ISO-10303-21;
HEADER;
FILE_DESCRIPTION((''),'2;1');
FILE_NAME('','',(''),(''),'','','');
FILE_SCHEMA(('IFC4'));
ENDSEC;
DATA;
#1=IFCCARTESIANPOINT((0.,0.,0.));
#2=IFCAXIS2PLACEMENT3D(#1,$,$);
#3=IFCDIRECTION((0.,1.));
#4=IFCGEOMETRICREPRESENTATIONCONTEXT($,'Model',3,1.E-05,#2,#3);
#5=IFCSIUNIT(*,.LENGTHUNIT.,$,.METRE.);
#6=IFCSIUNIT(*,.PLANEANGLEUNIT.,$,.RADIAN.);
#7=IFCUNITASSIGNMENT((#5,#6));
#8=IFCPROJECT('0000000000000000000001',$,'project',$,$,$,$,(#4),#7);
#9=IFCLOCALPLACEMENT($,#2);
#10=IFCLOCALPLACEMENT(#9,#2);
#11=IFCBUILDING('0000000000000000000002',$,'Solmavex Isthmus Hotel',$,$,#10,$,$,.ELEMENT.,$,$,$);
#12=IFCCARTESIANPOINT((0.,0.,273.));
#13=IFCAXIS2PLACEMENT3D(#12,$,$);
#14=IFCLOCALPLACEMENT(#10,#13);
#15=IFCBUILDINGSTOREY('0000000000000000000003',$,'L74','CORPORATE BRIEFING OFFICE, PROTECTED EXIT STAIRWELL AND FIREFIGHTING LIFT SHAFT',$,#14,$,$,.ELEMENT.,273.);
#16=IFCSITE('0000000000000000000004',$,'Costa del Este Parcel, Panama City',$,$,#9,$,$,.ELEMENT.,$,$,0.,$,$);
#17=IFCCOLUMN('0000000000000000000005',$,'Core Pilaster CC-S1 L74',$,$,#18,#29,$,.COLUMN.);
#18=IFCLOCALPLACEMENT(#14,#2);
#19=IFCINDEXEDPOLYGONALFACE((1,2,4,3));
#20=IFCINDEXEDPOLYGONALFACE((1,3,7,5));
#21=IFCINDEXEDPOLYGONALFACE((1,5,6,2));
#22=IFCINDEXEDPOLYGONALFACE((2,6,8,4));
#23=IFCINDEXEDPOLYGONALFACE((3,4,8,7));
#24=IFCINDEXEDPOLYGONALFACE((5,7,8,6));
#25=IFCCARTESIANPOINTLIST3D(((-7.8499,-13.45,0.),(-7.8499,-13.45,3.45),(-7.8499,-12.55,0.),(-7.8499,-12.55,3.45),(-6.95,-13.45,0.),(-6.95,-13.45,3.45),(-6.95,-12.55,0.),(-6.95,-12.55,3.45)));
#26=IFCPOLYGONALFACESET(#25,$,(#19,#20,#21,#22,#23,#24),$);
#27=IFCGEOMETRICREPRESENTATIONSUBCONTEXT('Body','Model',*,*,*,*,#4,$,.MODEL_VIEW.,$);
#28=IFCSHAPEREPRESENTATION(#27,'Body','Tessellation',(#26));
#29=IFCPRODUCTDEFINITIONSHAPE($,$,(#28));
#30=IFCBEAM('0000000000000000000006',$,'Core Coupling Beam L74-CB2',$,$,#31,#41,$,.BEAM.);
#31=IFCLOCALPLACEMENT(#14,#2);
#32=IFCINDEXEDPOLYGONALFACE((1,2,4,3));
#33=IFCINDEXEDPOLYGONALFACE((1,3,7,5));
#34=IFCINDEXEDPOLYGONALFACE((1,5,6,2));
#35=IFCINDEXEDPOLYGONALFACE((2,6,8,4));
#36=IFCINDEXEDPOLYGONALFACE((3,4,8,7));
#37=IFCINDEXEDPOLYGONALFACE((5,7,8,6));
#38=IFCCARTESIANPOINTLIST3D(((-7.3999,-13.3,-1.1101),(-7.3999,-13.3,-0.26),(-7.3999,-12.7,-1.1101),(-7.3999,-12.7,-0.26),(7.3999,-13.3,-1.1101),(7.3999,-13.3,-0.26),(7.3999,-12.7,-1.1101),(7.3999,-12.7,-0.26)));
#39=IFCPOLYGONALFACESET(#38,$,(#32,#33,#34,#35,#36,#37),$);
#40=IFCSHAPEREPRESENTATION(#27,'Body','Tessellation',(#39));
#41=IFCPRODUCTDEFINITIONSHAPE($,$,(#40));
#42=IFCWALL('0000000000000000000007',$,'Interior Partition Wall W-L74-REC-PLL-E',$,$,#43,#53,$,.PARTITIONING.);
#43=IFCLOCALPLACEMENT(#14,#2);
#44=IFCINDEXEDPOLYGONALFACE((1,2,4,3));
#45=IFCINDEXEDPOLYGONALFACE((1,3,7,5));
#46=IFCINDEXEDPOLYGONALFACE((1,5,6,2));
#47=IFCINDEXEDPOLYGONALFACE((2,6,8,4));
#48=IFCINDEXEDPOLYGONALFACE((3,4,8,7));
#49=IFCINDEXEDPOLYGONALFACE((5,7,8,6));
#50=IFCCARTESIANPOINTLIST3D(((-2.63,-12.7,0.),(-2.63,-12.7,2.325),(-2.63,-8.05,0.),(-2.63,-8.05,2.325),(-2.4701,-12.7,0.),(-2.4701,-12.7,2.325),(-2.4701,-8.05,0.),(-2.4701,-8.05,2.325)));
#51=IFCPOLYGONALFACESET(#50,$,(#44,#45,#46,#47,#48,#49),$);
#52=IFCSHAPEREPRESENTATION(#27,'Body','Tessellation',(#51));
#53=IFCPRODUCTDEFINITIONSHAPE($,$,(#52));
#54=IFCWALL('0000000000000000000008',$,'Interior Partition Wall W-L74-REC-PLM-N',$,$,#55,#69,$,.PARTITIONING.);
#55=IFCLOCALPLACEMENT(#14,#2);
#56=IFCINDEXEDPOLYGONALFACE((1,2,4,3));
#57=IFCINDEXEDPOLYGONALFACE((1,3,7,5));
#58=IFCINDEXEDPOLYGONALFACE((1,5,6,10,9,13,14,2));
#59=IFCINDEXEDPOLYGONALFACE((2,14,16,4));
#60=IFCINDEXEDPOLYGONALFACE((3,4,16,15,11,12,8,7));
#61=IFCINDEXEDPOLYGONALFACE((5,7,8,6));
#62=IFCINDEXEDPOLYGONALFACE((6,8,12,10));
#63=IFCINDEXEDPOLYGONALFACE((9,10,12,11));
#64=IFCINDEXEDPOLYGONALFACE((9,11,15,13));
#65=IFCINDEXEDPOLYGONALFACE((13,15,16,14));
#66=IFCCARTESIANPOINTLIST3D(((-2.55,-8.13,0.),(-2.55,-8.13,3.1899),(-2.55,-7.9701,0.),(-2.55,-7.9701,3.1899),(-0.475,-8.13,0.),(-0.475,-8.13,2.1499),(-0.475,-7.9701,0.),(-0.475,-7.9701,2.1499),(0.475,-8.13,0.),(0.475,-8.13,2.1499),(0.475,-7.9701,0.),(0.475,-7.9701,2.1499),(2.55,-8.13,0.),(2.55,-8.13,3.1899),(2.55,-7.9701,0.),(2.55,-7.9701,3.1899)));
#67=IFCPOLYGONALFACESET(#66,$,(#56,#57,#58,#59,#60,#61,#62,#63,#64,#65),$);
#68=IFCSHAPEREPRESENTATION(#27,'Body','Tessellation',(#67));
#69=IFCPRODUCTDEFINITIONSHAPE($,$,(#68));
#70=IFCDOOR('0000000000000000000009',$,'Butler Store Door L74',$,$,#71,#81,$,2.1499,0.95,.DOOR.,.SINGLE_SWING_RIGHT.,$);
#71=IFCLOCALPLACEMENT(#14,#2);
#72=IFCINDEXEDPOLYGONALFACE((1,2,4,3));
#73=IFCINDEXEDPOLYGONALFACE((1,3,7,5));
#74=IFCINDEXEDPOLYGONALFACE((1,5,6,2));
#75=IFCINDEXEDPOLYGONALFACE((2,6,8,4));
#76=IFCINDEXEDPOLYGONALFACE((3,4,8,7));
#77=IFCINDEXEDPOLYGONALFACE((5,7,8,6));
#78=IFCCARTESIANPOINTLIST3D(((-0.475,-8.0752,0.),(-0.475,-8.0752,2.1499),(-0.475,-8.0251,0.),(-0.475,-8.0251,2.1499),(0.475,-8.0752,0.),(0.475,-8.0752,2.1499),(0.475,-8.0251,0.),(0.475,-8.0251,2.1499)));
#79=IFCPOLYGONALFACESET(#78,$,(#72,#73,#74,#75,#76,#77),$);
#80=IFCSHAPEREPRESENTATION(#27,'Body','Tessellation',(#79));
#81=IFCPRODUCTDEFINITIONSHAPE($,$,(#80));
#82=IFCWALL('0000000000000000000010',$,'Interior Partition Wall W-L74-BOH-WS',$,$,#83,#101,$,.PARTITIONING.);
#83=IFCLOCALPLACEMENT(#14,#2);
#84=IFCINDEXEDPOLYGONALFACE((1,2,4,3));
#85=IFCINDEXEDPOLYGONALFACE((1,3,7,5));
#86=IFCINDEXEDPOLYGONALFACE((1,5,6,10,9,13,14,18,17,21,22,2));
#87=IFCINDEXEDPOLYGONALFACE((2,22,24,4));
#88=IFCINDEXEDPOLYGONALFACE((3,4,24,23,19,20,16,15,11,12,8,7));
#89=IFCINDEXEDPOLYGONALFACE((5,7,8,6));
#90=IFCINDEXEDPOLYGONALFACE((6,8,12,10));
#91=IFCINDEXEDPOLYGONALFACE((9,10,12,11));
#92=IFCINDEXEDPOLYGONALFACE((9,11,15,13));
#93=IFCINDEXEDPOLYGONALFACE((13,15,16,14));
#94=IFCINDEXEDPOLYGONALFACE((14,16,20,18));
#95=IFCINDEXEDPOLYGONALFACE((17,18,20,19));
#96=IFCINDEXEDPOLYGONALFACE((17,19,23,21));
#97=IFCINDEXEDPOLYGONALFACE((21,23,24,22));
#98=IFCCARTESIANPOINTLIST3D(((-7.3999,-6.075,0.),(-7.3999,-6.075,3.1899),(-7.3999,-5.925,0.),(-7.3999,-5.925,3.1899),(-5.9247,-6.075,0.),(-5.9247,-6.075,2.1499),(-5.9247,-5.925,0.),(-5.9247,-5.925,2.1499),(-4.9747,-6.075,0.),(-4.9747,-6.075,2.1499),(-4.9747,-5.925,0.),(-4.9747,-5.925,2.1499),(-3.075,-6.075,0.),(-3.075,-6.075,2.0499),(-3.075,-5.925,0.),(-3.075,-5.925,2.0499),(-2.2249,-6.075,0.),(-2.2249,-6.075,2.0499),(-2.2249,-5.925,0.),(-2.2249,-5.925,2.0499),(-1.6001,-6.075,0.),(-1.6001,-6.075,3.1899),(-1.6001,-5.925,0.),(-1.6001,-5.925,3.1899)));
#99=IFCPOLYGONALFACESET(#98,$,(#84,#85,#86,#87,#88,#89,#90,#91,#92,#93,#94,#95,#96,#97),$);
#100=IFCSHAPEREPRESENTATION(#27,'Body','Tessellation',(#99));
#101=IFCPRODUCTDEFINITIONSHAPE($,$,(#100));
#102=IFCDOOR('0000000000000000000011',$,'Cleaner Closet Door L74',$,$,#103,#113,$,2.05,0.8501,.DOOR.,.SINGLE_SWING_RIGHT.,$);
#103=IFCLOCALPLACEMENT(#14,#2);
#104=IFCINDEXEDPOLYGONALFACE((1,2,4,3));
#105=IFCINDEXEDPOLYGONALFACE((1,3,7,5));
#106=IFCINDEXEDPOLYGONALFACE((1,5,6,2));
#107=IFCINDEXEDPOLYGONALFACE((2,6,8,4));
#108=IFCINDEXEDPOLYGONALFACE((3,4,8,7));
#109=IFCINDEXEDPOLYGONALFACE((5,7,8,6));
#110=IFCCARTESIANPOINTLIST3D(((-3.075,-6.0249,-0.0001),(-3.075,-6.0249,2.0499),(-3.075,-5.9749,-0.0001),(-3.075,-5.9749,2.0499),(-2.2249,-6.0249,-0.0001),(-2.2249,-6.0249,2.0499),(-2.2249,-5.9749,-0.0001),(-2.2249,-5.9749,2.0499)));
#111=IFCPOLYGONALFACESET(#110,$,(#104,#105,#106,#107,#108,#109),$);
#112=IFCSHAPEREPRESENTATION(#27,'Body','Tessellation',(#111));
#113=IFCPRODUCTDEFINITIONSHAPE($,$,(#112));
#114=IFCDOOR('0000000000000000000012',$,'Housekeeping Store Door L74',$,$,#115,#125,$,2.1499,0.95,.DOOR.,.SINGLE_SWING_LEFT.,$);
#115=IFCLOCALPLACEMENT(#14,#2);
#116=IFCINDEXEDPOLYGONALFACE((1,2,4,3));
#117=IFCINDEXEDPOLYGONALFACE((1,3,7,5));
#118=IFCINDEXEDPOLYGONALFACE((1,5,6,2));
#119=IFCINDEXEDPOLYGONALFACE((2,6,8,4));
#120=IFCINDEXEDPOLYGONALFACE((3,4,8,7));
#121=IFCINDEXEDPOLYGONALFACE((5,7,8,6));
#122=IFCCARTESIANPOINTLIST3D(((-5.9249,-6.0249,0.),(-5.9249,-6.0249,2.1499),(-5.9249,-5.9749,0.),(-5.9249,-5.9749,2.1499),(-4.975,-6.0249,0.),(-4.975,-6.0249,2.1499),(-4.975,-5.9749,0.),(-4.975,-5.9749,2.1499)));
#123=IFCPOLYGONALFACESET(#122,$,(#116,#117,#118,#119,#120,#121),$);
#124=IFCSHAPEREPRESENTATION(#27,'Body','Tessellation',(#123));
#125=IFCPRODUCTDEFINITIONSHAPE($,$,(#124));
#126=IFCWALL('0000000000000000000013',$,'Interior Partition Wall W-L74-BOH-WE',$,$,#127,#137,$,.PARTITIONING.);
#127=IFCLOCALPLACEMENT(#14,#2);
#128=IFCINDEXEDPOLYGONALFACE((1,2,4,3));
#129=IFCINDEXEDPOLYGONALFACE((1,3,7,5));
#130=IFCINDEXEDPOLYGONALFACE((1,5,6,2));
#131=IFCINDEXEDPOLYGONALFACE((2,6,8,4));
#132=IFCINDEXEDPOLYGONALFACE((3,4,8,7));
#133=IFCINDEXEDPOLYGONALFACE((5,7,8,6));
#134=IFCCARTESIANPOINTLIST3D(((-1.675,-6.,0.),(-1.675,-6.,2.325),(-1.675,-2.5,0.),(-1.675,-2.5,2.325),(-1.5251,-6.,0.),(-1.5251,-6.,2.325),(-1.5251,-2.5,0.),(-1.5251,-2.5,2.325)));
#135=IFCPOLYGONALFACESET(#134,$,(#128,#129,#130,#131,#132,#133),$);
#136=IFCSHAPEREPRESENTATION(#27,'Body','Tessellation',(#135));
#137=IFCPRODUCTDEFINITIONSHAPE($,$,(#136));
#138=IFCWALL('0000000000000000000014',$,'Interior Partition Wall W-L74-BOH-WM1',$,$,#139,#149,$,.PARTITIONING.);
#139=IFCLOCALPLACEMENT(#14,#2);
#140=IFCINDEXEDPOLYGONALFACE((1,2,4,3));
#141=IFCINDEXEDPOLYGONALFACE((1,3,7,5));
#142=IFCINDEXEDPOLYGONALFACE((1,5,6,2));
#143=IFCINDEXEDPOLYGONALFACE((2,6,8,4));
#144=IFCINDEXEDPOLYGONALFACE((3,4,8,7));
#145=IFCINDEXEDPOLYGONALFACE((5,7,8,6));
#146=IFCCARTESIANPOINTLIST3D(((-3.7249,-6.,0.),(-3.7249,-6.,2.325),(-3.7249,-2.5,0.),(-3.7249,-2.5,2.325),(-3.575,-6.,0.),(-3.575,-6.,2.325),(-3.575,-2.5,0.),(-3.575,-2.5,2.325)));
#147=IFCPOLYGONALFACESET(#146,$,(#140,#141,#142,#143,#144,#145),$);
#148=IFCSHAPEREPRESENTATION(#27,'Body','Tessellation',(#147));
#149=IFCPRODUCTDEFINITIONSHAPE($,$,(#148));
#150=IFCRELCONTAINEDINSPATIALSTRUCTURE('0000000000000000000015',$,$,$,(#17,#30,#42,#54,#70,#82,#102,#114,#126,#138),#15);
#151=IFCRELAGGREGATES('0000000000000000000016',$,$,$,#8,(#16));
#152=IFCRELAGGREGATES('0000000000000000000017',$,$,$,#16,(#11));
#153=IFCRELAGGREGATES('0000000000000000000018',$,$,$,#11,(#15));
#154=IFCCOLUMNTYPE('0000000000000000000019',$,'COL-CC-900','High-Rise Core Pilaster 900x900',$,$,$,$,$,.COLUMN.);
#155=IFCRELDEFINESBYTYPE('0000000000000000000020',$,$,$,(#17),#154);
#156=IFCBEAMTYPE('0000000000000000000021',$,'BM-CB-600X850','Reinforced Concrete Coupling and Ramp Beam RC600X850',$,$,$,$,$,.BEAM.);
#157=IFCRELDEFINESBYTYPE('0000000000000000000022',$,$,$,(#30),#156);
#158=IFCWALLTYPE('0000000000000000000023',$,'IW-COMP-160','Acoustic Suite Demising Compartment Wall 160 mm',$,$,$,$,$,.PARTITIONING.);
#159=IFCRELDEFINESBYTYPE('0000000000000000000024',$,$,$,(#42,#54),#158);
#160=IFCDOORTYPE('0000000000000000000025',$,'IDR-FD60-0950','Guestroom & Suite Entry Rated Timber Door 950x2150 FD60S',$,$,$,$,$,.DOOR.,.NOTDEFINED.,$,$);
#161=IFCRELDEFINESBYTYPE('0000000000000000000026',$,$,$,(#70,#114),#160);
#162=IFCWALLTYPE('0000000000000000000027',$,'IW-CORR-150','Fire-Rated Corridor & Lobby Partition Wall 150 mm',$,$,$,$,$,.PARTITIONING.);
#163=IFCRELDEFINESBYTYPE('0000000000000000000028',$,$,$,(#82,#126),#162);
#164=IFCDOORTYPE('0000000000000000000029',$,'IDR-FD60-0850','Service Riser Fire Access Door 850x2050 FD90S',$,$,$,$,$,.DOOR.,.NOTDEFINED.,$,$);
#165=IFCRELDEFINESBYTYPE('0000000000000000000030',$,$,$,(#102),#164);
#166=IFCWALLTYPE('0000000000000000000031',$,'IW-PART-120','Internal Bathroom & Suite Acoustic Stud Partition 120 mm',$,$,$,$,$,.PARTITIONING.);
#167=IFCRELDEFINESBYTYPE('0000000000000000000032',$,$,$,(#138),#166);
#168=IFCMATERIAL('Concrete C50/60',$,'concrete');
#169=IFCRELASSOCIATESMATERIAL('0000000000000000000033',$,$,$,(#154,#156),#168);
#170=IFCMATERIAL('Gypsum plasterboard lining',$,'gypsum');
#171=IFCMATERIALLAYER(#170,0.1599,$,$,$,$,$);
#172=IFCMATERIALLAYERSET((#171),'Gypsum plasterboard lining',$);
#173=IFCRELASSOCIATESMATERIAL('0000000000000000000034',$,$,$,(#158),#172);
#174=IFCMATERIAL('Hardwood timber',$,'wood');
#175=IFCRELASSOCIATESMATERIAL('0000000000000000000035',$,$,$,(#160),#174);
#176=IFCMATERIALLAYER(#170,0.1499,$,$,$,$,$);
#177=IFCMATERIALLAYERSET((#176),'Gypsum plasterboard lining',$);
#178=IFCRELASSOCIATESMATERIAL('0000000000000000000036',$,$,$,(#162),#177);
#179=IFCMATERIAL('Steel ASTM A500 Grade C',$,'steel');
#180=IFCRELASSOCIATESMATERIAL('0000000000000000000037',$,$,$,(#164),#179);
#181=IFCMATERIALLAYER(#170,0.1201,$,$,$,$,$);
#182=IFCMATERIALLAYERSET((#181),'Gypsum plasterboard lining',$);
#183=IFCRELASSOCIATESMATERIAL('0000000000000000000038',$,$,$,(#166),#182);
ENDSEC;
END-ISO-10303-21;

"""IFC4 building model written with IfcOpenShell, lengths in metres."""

from ifc_helpers import new_model, si_unit, direction, frame, frame_2d, origin, origin_2d, place, context, subcontext, project, spatial, rectangle, extrude, material, layer, layer_set, material_profile, profile_set, type_object, element, fill, save


model = new_model("IFC4")

# Units and contexts
model_context = context("Model", 3, precision=1e-05, world=origin(), true_north=direction((0.0, 1.0)))
body_context = subcontext(model_context, "Body", "Model", "MODEL_VIEW")
ifc_project = project(units=[si_unit("LENGTHUNIT", "METRE"), si_unit("PLANEANGLEUNIT", "RADIAN")], contexts=[model_context])

# Site, building, storey
site_placement = place(None, origin())
site = spatial("IfcSite", under=ifc_project, at=site_placement, Name="Costa del Este Parcel, Panama City", CompositionType="ELEMENT", RefElevation=0.0)
building_placement = place(site_placement, origin())
building = spatial("IfcBuilding", under=site, at=building_placement, Name="Solmavex Isthmus Hotel", CompositionType="ELEMENT")
storey_placement = place(building_placement, frame((0.0, 0.0, 273.0)))
storey = spatial("IfcBuildingStorey", under=building, at=storey_placement, Name="L74", Description="CORPORATE BRIEFING OFFICE, PROTECTED EXIT STAIRWELL AND FIREFIGHTING LIFT SHAFT", CompositionType="ELEMENT", Elevation=273.0)

# Column
ifc_material_1 = material(Name="Concrete C50/60", Category="concrete")
ifc_material_profile_1 = material_profile(ifc_material_1, rectangle(XDim=0.8999, YDim=0.8999, at=origin_2d()), Name="RC900X900")
ifc_profile_set_1 = profile_set([ifc_material_profile_1], Name="Concrete C50/60")
column_type = type_object("IfcColumnType", Name="COL-CC-900", Description="High-Rise Core Pilaster 900x900", PredefinedType="COLUMN", material=ifc_profile_set_1)
column_placement = place(storey_placement, frame((-7.3999, -13.0, 0.0), z_axis=(0.0, 0.0, 1.0), x_axis=(1.0, 0.0, 0.0)))
element("IfcColumn", 1, at=column_placement, inside=storey, type_object=column_type, Name="Core Pilaster CC-S1 L74", PredefinedType="COLUMN", context=body_context, shape_type="SweptSolid", body=[
    extrude(rectangle(XDim=0.8999, YDim=0.8999, at=origin_2d()), origin(), (0.0, 0.0, 1.0), 3.45),
])

# Beam
ifc_material_profile_2 = material_profile(ifc_material_1, rectangle(XDim=0.6001, YDim=0.8501, at=origin_2d()), Name="RC600X850")
ifc_profile_set_2 = profile_set([ifc_material_profile_2], Name="Concrete C50/60")
beam_type = type_object("IfcBeamType", Name="BM-CB-600X850", Description="Reinforced Concrete Coupling and Ramp Beam RC600X850", PredefinedType="BEAM", material=ifc_profile_set_2)
beam_placement = place(storey_placement, frame((-7.3999, -13.0, -0.6851), z_axis=(1.0, 0.0, 0.0), x_axis=(0.0, 1.0, 0.0)))
element("IfcBeam", 2, at=beam_placement, inside=storey, type_object=beam_type, Name="Core Coupling Beam L74-CB2", PredefinedType="BEAM", context=body_context, shape_type="SweptSolid", body=[
    extrude(rectangle(XDim=0.6001, YDim=0.8501, at=origin_2d()), origin(), (0.0, 0.0, 1.0), 14.7998),
])

# Shared definitions
ifc_material_2 = material(Name="Gypsum plasterboard lining", Category="gypsum")
ifc_layer_1 = layer(ifc_material_2, 0.1599)
ifc_layer_set_1 = layer_set([ifc_layer_1], Name="Gypsum plasterboard lining")
wall_type_1 = type_object("IfcWallType", Name="IW-COMP-160", Description="Acoustic Suite Demising Compartment Wall 160 mm", PredefinedType="PARTITIONING", material=ifc_layer_set_1)
ifc_material_3 = material(Name="Hardwood timber", Category="wood")
door_type_1 = type_object("IfcDoorType", Name="IDR-FD60-0950", Description="Guestroom & Suite Entry Rated Timber Door 950x2150 FD60S", OperationType="NOTDEFINED", PredefinedType="DOOR", material=ifc_material_3)

# Wall
wall_1_placement = place(storey_placement, frame((-2.55, -12.7, 0.0), z_axis=(0.0, 0.0, 1.0), x_axis=(0.0, 1.0, 0.0)))
element("IfcWall", 3, at=wall_1_placement, inside=storey, type_object=wall_type_1, Name="Interior Partition Wall W-L74-REC-PLL-E", PredefinedType="PARTITIONING", context=body_context, shape_type="SweptSolid", body=[
    extrude(rectangle(XDim=4.6499, YDim=0.1599, at=frame_2d((2.325, 0.0))), origin(), (0.0, 0.0, 1.0), 2.325),
])

# Wall, opening, door
wall_2_placement = place(storey_placement, frame((-2.55, -8.05, 0.0), z_axis=(0.0, 0.0, 1.0), x_axis=(1.0, 0.0, 0.0)))
wall_2 = element("IfcWall", 4, at=wall_2_placement, inside=storey, type_object=wall_type_1, Name="Interior Partition Wall W-L74-REC-PLM-N", PredefinedType="PARTITIONING", context=body_context, shape_type="SweptSolid", body=[
    extrude(rectangle(XDim=5.1001, YDim=0.1599, at=frame_2d((2.55, 0.0))), origin(), (0.0, 0.0, 1.0), 3.1899),
])
opening_1_placement = place(wall_2_placement, frame((2.075, 0.0, 0.0)))
opening_1 = element("IfcOpeningElement", 5, at=opening_1_placement, cuts=wall_2, PredefinedType="OPENING", context=body_context, shape_type="SweptSolid", body=[
    extrude(rectangle(XDim=0.95, YDim=2.1499, at=frame_2d((0.4751, 1.075))), frame((0.0, 0.0898, 0.0), z_axis=(0.0, -1.0, 0.0), x_axis=(1.0, 0.0, 0.0)), (0.0, 0.0, 1.0), 0.1799),
])
door_1_placement = place(opening_1_placement, origin())
door_1 = element("IfcDoor", 6, at=door_1_placement, inside=storey, type_object=door_type_1, Name="Butler Store Door L74", OperationType="SINGLE_SWING_RIGHT", OverallHeight=2.1499, OverallWidth=0.95, PredefinedType="DOOR", context=body_context, shape_type="SweptSolid", body=[
    extrude(rectangle(XDim=0.95, YDim=2.1499, at=frame_2d((0.4751, 1.075))), frame((0.0, 0.0249, 0.0), z_axis=(0.0, -1.0, 0.0), x_axis=(1.0, 0.0, 0.0)), (0.0, 0.0, 1.0), 0.05),
])
fill(opening_1, door_1)

# Wall, openings, doors
ifc_layer_2 = layer(ifc_material_2, 0.1499)
ifc_layer_set_2 = layer_set([ifc_layer_2], Name="Gypsum plasterboard lining")
wall_type_2 = type_object("IfcWallType", Name="IW-CORR-150", Description="Fire-Rated Corridor & Lobby Partition Wall 150 mm", PredefinedType="PARTITIONING", material=ifc_layer_set_2)
wall_3_placement = place(storey_placement, frame((-7.3999, -6.0, 0.0), z_axis=(0.0, 0.0, 1.0), x_axis=(1.0, 0.0, 0.0)))
wall_3 = element("IfcWall", 7, at=wall_3_placement, inside=storey, type_object=wall_type_2, Name="Interior Partition Wall W-L74-BOH-WS", PredefinedType="PARTITIONING", context=body_context, shape_type="SweptSolid", body=[
    extrude(rectangle(XDim=5.7998, YDim=0.1499, at=frame_2d((2.8999, 0.0))), origin(), (0.0, 0.0, 1.0), 3.1899),
])
opening_2_placement = place(wall_3_placement, frame((1.4751, 0.0, 0.0)))
opening_2 = element("IfcOpeningElement", 8, at=opening_2_placement, cuts=wall_3, PredefinedType="OPENING", context=body_context, shape_type="SweptSolid", body=[
    extrude(rectangle(XDim=0.95, YDim=2.1499, at=frame_2d((0.4751, 1.075))), frame((0.0, 0.085, 0.0), z_axis=(0.0, -1.0, 0.0), x_axis=(1.0, 0.0, 0.0)), (0.0, 0.0, 1.0), 0.1699),
])
opening_3_placement = place(wall_3_placement, frame((4.325, 0.0, 0.0)))
opening_3 = element("IfcOpeningElement", 9, at=opening_3_placement, cuts=wall_3, PredefinedType="OPENING", context=body_context, shape_type="SweptSolid", body=[
    extrude(rectangle(XDim=0.8501, YDim=2.05, at=frame_2d((0.425, 1.0249))), frame((0.0, 0.085, 0.0), z_axis=(0.0, -1.0, 0.0), x_axis=(1.0, 0.0, 0.0)), (0.0, 0.0, 1.0), 0.1699),
])
ifc_material_4 = material(Name="Steel ASTM A500 Grade C", Category="steel")
door_type_2 = type_object("IfcDoorType", Name="IDR-FD60-0850", Description="Service Riser Fire Access Door 850x2050 FD90S", OperationType="NOTDEFINED", PredefinedType="DOOR", material=ifc_material_4)
door_2_placement = place(opening_3_placement, frame((0.8501, 0.0, 0.0), z_axis=(0.0, 0.0, 1.0), x_axis=(-1.0, 0.0, 0.0)))
door_2 = element("IfcDoor", 10, at=door_2_placement, inside=storey, type_object=door_type_2, Name="Cleaner Closet Door L74", OperationType="SINGLE_SWING_RIGHT", OverallHeight=2.05, OverallWidth=0.8501, PredefinedType="DOOR", context=body_context, shape_type="SweptSolid", body=[
    extrude(rectangle(XDim=0.8501, YDim=2.05, at=frame_2d((0.425, 1.0249))), frame((0.0, 0.0249, 0.0), z_axis=(0.0, -1.0, 0.0), x_axis=(1.0, 0.0, 0.0)), (0.0, 0.0, 1.0), 0.05),
])
fill(opening_3, door_2)
door_3_placement = place(opening_2_placement, frame((0.95, 0.0, 0.0), z_axis=(0.0, 0.0, 1.0), x_axis=(-1.0, 0.0, 0.0)))
door_3 = element("IfcDoor", 11, at=door_3_placement, inside=storey, type_object=door_type_1, Name="Housekeeping Store Door L74", OperationType="SINGLE_SWING_LEFT", OverallHeight=2.1499, OverallWidth=0.95, PredefinedType="DOOR", context=body_context, shape_type="SweptSolid", body=[
    extrude(rectangle(XDim=0.95, YDim=2.1499, at=frame_2d((0.4751, 1.075))), frame((0.0, 0.0249, 0.0), z_axis=(0.0, -1.0, 0.0), x_axis=(1.0, 0.0, 0.0)), (0.0, 0.0, 1.0), 0.05),
])
fill(opening_2, door_3)

# Walls
wall_4_placement = place(storey_placement, frame((-1.6001, -6.0, 0.0), z_axis=(0.0, 0.0, 1.0), x_axis=(0.0, 1.0, 0.0)))
element("IfcWall", 12, at=wall_4_placement, inside=storey, type_object=wall_type_2, Name="Interior Partition Wall W-L74-BOH-WE", PredefinedType="PARTITIONING", context=body_context, shape_type="SweptSolid", body=[
    extrude(rectangle(XDim=3.5, YDim=0.1499, at=frame_2d((1.75, 0.0))), origin(), (0.0, 0.0, 1.0), 2.325),
])
ifc_layer_3 = layer(ifc_material_2, 0.1201)
ifc_layer_set_3 = layer_set([ifc_layer_3], Name="Gypsum plasterboard lining")
wall_type_3 = type_object("IfcWallType", Name="IW-PART-120", Description="Internal Bathroom & Suite Acoustic Stud Partition 120 mm", PredefinedType="PARTITIONING", material=ifc_layer_set_3)
wall_5_placement = place(storey_placement, frame((-3.6499, -6.0, 0.0), z_axis=(0.0, 0.0, 1.0), x_axis=(0.0, 1.0, 0.0)))
element("IfcWall", 13, at=wall_5_placement, inside=storey, type_object=wall_type_3, Name="Interior Partition Wall W-L74-BOH-WM1", PredefinedType="PARTITIONING", context=body_context, shape_type="SweptSolid", body=[
    extrude(rectangle(XDim=3.5, YDim=0.1499, at=frame_2d((1.75, 0.0))), origin(), (0.0, 0.0, 1.0), 2.325),
])

save(model, "model.ifc")
